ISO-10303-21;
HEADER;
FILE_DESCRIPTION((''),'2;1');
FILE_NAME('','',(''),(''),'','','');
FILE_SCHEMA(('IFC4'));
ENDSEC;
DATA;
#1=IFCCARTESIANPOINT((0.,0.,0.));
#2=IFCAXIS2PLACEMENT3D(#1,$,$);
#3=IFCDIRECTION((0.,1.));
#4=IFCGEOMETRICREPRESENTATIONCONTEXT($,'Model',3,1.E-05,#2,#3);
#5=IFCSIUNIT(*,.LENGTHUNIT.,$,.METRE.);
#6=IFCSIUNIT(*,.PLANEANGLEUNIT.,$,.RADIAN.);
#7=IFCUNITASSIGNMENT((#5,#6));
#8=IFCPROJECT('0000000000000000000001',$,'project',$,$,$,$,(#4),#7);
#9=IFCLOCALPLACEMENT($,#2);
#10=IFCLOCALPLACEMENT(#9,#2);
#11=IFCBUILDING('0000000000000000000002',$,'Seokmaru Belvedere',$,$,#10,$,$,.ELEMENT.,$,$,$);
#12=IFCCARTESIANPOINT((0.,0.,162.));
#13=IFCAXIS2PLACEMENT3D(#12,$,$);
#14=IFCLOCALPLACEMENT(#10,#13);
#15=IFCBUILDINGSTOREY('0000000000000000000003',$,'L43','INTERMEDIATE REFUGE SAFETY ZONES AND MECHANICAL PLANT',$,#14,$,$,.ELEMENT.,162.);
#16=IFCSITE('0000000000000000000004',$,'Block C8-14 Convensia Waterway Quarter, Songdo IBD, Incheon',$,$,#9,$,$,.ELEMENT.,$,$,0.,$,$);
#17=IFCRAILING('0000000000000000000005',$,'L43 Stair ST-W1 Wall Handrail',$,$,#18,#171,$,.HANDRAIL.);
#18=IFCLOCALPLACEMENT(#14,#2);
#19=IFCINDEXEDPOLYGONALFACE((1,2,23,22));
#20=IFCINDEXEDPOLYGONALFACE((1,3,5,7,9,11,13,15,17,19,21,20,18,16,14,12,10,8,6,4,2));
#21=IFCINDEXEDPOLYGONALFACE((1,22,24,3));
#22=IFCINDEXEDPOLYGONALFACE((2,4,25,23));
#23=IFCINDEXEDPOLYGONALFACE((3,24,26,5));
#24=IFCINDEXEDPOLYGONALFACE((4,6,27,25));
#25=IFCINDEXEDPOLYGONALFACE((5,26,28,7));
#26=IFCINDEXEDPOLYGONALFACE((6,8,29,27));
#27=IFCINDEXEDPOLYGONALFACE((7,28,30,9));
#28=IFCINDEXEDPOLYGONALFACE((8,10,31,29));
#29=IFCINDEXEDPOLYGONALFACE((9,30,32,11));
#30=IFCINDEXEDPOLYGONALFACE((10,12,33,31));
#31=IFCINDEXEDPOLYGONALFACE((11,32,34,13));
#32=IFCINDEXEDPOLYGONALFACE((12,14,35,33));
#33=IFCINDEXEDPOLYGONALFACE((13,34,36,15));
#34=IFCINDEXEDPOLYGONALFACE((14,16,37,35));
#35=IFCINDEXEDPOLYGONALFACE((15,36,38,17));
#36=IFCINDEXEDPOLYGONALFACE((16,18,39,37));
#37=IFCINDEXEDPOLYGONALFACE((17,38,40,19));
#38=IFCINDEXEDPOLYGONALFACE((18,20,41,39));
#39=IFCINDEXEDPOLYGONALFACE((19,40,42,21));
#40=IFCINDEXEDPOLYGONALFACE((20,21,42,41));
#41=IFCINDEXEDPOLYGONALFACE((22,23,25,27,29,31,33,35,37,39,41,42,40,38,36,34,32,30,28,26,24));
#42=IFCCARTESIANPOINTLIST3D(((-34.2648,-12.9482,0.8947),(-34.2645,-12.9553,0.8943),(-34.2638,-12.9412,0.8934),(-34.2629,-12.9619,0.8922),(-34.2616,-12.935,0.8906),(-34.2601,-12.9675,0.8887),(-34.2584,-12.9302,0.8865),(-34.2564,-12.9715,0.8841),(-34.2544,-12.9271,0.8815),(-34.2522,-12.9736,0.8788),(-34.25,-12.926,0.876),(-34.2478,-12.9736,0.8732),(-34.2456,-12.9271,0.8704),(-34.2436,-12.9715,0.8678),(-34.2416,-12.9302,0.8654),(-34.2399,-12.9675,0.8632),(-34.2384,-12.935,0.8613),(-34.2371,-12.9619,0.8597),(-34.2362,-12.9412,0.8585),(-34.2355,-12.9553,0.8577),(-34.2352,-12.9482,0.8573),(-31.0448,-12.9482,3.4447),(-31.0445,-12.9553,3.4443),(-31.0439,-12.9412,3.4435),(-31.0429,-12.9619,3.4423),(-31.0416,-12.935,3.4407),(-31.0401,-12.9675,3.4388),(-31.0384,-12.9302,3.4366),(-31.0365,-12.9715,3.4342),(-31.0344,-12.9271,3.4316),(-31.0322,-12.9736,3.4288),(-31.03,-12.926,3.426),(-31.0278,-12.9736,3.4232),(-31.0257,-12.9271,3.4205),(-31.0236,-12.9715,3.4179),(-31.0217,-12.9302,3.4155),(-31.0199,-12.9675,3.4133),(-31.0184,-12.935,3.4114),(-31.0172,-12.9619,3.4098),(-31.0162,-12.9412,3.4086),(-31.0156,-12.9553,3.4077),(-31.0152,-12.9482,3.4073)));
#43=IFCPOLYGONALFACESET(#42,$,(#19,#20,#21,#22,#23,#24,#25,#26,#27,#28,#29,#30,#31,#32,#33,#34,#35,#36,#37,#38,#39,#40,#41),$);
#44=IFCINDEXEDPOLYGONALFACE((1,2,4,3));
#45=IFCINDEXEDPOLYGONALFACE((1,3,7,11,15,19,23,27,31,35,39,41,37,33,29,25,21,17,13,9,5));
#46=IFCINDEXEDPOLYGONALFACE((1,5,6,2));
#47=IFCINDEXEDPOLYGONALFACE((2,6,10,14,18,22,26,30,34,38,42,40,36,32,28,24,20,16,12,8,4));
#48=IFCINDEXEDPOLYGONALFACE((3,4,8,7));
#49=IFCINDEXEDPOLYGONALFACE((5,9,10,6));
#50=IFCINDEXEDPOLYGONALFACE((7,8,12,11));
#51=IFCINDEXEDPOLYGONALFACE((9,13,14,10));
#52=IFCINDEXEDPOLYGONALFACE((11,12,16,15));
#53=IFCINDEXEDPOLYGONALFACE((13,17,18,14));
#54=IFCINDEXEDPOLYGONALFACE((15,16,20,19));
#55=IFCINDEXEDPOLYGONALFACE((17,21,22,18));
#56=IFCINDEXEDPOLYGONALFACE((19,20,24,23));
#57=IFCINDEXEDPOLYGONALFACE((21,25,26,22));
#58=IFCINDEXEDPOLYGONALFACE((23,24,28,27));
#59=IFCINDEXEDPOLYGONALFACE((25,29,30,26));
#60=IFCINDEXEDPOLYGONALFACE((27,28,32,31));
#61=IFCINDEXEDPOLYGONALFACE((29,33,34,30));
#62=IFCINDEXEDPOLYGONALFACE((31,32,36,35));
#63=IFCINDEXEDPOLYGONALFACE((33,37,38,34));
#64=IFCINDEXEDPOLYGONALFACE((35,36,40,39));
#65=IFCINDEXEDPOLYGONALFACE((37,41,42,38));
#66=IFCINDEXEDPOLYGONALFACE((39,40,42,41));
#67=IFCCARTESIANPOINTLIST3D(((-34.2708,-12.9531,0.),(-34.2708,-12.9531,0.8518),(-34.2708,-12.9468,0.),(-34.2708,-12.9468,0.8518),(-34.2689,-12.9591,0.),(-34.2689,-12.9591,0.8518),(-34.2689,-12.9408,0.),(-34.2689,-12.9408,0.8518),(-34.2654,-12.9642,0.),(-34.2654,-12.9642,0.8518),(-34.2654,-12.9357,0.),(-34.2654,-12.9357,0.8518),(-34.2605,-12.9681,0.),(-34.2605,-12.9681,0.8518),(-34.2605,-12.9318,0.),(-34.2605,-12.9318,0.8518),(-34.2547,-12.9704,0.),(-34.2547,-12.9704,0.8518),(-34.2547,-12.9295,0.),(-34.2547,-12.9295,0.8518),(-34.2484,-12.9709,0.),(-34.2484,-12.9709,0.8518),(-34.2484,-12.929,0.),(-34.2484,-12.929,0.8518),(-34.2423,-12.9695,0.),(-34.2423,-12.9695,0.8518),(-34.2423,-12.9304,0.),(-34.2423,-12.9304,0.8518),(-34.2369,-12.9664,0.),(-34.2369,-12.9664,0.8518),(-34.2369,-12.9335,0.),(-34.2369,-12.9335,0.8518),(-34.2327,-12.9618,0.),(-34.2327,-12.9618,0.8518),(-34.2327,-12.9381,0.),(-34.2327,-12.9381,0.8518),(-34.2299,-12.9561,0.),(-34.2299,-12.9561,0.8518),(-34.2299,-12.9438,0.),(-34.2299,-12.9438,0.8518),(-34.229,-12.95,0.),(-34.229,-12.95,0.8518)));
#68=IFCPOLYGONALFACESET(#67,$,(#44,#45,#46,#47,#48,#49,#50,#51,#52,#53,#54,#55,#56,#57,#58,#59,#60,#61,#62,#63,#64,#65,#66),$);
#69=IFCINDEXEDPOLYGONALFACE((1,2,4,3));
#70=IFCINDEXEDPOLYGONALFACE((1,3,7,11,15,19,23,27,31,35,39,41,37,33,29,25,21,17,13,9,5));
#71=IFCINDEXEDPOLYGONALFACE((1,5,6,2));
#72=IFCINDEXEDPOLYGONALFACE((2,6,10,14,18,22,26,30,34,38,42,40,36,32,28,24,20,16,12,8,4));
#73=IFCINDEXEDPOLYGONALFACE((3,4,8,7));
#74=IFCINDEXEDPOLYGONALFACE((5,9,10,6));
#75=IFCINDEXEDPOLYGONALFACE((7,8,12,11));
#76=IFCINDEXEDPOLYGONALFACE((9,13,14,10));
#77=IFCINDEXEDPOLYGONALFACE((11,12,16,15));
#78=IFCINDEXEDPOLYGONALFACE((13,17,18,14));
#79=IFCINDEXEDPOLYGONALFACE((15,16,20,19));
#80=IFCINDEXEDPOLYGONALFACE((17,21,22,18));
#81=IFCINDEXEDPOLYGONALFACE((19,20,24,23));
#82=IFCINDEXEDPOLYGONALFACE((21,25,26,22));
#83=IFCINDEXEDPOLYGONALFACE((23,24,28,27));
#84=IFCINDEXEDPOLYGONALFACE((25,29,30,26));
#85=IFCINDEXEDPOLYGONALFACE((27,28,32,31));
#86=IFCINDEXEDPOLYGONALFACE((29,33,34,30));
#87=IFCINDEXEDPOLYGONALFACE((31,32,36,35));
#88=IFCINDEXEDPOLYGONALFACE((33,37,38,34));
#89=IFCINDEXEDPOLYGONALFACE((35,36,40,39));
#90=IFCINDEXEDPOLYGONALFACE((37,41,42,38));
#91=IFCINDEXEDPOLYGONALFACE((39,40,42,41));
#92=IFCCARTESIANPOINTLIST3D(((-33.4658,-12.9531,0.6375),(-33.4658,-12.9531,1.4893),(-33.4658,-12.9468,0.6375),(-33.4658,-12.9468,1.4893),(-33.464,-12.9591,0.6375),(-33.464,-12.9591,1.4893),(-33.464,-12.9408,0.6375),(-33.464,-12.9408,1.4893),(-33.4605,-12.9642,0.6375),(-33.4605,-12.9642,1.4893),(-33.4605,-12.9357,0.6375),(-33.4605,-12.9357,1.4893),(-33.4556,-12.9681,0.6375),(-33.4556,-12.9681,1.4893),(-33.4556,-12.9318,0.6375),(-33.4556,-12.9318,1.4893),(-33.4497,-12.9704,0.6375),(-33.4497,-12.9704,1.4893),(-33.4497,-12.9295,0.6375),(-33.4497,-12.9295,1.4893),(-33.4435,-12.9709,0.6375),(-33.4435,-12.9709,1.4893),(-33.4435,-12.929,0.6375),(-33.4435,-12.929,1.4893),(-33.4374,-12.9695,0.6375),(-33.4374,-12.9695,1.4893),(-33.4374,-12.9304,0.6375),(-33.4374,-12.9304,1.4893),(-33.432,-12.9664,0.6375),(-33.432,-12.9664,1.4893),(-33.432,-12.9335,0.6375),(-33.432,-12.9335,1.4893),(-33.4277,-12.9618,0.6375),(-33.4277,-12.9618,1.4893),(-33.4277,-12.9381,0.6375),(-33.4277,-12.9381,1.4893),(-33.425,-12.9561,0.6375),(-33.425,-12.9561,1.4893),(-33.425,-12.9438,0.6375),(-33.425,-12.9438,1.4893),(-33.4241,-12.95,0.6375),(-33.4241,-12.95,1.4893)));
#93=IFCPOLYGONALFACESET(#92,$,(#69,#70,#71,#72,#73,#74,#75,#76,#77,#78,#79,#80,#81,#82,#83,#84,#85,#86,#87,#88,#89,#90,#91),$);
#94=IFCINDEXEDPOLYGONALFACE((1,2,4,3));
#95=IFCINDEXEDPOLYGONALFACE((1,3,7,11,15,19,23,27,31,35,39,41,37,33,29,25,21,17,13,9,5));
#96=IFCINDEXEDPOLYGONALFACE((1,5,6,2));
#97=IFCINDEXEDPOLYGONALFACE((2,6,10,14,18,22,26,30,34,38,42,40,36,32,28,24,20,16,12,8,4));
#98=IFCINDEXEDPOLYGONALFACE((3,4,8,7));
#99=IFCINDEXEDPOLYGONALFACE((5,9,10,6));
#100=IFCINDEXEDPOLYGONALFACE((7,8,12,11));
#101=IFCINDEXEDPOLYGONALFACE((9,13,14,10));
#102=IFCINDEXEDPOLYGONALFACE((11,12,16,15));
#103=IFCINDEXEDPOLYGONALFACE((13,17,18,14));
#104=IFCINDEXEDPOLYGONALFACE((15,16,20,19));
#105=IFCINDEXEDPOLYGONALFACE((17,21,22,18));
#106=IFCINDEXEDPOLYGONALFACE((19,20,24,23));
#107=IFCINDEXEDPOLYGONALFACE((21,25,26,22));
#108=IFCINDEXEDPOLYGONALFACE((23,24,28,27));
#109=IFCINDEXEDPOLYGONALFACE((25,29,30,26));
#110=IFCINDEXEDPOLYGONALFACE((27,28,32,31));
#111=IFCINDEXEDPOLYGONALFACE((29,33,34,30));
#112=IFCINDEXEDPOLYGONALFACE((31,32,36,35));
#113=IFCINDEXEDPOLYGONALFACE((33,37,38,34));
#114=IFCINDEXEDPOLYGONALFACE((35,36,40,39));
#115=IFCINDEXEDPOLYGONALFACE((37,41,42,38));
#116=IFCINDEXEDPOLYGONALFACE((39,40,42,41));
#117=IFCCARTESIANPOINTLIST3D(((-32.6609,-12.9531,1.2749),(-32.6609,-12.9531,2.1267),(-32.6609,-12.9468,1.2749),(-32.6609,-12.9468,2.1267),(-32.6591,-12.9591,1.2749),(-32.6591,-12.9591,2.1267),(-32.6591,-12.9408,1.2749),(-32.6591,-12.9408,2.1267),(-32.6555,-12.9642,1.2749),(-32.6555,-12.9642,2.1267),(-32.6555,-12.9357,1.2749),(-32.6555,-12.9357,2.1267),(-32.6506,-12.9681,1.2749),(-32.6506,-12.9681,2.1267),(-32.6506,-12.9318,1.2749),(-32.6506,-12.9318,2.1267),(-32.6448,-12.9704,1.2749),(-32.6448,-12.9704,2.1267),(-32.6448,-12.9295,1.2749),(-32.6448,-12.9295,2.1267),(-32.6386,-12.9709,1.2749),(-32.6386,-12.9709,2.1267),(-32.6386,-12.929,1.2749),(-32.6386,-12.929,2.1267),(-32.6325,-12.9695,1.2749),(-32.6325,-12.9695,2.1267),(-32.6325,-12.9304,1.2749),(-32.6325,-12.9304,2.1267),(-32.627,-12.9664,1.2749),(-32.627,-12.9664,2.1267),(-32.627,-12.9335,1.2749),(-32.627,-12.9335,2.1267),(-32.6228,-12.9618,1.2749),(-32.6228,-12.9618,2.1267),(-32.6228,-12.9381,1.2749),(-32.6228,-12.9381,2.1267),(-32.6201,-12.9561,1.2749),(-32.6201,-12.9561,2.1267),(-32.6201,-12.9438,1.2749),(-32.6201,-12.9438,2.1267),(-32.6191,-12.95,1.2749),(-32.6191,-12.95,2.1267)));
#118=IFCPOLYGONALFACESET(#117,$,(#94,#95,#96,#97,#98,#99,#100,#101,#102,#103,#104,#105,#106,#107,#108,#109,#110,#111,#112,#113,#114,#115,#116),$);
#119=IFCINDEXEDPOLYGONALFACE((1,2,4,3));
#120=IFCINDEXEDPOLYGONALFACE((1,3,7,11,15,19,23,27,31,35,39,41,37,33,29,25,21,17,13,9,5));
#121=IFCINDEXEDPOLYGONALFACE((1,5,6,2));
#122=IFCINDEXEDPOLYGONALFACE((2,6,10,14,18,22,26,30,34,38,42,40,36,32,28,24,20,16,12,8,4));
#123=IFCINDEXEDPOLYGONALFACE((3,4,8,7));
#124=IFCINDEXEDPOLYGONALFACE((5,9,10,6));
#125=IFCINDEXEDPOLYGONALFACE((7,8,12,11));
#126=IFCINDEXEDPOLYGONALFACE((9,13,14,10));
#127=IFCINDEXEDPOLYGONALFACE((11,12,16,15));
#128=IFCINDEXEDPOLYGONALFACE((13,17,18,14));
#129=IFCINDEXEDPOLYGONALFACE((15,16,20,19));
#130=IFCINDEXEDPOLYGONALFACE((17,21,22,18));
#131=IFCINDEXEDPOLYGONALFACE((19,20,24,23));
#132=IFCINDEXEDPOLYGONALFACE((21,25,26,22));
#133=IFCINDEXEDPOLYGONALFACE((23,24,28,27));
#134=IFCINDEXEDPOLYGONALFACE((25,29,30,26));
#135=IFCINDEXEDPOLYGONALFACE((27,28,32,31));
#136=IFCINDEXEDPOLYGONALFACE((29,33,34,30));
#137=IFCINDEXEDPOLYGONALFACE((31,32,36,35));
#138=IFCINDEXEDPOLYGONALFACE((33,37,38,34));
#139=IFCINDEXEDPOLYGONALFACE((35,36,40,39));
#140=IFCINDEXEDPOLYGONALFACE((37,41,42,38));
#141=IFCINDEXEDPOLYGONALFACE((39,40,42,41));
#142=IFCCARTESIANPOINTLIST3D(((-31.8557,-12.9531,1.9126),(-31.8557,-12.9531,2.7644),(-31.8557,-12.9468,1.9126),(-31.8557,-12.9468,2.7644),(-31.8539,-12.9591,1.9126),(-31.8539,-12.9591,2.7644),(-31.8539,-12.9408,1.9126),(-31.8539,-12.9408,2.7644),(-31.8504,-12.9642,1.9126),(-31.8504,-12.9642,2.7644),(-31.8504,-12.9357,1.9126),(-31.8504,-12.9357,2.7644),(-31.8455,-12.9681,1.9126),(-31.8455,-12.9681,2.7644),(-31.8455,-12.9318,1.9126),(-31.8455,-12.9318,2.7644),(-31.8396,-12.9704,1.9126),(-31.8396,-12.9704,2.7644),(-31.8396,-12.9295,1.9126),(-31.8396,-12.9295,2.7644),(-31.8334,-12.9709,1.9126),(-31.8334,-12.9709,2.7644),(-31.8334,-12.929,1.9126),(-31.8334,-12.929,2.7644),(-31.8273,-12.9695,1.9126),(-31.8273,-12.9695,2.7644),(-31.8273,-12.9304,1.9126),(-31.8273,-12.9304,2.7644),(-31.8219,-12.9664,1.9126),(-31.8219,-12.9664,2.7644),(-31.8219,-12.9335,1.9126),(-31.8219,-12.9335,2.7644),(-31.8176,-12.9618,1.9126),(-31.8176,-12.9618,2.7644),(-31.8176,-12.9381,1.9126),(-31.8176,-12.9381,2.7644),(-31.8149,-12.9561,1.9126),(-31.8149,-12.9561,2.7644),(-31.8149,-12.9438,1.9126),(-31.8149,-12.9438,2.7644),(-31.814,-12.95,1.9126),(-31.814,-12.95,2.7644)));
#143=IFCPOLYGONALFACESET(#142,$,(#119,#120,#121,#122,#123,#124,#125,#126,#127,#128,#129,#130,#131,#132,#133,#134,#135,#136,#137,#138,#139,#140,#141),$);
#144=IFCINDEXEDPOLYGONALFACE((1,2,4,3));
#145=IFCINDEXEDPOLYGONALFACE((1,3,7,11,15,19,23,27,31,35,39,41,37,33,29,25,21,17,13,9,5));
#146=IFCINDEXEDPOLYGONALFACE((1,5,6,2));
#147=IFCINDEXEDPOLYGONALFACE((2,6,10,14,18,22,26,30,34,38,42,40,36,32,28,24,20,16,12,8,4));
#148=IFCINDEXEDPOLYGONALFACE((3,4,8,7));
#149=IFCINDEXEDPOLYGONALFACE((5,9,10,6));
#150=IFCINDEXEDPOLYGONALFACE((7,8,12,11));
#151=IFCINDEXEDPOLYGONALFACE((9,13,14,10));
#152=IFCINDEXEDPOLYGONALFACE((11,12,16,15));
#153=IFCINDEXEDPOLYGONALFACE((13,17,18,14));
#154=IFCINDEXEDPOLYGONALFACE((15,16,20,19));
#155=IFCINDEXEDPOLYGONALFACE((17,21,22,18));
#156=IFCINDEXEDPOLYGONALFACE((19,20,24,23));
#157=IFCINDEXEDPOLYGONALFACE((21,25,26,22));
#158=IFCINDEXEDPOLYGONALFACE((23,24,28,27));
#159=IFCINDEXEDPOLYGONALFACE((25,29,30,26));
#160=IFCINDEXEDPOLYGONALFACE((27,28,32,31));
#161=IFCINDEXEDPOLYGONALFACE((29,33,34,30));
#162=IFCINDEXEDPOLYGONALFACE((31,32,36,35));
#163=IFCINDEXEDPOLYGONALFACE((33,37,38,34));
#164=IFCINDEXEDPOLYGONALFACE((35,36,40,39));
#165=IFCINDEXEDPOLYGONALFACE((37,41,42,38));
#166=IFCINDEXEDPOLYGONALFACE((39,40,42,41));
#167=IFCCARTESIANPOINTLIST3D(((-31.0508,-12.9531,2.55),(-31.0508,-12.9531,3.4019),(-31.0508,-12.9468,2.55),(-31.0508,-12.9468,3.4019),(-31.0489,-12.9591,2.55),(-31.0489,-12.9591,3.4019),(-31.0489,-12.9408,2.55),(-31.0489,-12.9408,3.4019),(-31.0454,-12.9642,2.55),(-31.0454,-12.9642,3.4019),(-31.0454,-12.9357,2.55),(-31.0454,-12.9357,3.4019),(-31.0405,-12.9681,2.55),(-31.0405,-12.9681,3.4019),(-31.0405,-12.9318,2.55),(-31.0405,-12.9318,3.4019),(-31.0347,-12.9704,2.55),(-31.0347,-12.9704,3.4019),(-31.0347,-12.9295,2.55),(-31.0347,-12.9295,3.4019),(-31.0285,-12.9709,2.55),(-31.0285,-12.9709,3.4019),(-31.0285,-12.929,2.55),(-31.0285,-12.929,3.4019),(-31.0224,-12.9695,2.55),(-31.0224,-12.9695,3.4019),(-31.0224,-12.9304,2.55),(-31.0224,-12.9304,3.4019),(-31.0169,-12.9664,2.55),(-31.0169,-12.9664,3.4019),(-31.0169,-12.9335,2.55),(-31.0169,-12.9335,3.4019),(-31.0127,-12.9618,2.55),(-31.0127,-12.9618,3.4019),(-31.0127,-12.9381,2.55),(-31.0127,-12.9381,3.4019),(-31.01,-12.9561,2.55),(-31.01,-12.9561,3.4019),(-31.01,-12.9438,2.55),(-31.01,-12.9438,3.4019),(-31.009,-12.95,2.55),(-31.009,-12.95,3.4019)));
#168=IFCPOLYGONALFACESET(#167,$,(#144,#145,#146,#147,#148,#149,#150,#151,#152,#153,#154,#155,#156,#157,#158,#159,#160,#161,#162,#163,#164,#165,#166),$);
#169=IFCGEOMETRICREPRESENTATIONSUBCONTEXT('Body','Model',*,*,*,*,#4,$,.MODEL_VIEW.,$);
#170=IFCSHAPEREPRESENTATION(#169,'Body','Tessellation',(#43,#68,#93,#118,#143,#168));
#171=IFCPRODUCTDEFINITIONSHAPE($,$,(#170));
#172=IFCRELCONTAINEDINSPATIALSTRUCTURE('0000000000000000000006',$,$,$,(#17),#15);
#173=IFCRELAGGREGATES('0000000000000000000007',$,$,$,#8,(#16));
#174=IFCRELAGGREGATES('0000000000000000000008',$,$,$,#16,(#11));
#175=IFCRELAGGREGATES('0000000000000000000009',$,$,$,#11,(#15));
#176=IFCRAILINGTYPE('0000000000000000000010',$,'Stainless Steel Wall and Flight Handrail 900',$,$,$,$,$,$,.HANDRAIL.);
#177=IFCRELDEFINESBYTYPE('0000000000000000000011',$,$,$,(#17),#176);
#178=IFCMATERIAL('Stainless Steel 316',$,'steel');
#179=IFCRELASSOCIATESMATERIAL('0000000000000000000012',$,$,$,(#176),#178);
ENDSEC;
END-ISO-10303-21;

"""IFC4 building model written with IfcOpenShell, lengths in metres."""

from ifc_helpers import new_model, si_unit, direction, frame, origin, origin_2d, place, context, subcontext, project, spatial, circle, extrude, material, type_object, element, save


model = new_model("IFC4")

# Units and contexts
model_context = context("Model", 3, precision=1e-05, world=origin(), true_north=direction((0.0, 1.0)))
body_context = subcontext(model_context, "Body", "Model", "MODEL_VIEW")
ifc_project = project(units=[si_unit("LENGTHUNIT", "METRE"), si_unit("PLANEANGLEUNIT", "RADIAN")], contexts=[model_context])

# Site, building, storey
site_placement = place(None, origin())
site = spatial("IfcSite", under=ifc_project, at=site_placement, Name="Block C8-14 Convensia Waterway Quarter, Songdo IBD, Incheon", CompositionType="ELEMENT", RefElevation=0.0)
building_placement = place(site_placement, origin())
building = spatial("IfcBuilding", under=site, at=building_placement, Name="Seokmaru Belvedere", CompositionType="ELEMENT")
storey_placement = place(building_placement, frame((0.0, 0.0, 162.0)))
storey = spatial("IfcBuildingStorey", under=building, at=storey_placement, Name="L43", Description="INTERMEDIATE REFUGE SAFETY ZONES AND MECHANICAL PLANT", CompositionType="ELEMENT", Elevation=162.0)

# Railing
ifc_material_1 = material(Name="Stainless Steel 316", Category="steel")
railing_type_1 = type_object("IfcRailingType", Name="Stainless Steel Wall and Flight Handrail 900", PredefinedType="HANDRAIL", material=ifc_material_1)
railing_1_placement = place(storey_placement, frame((-34.25, -12.95, 0.0)))
element("IfcRailing", 1, at=railing_1_placement, inside=storey, type_object=railing_type_1, Name="L43 Stair ST-W1 Wall Handrail", PredefinedType="HANDRAIL", context=body_context, shape_type="SweptSolid", body=[
    extrude(circle(Radius=0.0239, at=origin_2d()), frame((0.0, 0.0, 0.876), z_axis=(0.783939, 0.0, 0.620838), x_axis=(0.0, 1.0, 0.0)), (0.0, 0.0, 1.0), 4.1074),
    extrude(circle(Radius=0.021, at=origin_2d()), origin(), (0.0, 0.0, 1.0), 0.8518),
    extrude(circle(Radius=0.021, at=origin_2d()), frame((0.8049, 0.0, 0.6375)), (0.0, 0.0, 1.0), 0.8518),
    extrude(circle(Radius=0.021, at=origin_2d()), frame((1.6099, 0.0, 1.2749)), (0.0, 0.0, 1.0), 0.8518),
    extrude(circle(Radius=0.021, at=origin_2d()), frame((2.415, 0.0, 1.9126)), (0.0, 0.0, 1.0), 0.8518),
    extrude(circle(Radius=0.021, at=origin_2d()), frame((3.22, 0.0, 2.55)), (0.0, 0.0, 1.0), 0.8518),
])

save(model, "model.ifc")
